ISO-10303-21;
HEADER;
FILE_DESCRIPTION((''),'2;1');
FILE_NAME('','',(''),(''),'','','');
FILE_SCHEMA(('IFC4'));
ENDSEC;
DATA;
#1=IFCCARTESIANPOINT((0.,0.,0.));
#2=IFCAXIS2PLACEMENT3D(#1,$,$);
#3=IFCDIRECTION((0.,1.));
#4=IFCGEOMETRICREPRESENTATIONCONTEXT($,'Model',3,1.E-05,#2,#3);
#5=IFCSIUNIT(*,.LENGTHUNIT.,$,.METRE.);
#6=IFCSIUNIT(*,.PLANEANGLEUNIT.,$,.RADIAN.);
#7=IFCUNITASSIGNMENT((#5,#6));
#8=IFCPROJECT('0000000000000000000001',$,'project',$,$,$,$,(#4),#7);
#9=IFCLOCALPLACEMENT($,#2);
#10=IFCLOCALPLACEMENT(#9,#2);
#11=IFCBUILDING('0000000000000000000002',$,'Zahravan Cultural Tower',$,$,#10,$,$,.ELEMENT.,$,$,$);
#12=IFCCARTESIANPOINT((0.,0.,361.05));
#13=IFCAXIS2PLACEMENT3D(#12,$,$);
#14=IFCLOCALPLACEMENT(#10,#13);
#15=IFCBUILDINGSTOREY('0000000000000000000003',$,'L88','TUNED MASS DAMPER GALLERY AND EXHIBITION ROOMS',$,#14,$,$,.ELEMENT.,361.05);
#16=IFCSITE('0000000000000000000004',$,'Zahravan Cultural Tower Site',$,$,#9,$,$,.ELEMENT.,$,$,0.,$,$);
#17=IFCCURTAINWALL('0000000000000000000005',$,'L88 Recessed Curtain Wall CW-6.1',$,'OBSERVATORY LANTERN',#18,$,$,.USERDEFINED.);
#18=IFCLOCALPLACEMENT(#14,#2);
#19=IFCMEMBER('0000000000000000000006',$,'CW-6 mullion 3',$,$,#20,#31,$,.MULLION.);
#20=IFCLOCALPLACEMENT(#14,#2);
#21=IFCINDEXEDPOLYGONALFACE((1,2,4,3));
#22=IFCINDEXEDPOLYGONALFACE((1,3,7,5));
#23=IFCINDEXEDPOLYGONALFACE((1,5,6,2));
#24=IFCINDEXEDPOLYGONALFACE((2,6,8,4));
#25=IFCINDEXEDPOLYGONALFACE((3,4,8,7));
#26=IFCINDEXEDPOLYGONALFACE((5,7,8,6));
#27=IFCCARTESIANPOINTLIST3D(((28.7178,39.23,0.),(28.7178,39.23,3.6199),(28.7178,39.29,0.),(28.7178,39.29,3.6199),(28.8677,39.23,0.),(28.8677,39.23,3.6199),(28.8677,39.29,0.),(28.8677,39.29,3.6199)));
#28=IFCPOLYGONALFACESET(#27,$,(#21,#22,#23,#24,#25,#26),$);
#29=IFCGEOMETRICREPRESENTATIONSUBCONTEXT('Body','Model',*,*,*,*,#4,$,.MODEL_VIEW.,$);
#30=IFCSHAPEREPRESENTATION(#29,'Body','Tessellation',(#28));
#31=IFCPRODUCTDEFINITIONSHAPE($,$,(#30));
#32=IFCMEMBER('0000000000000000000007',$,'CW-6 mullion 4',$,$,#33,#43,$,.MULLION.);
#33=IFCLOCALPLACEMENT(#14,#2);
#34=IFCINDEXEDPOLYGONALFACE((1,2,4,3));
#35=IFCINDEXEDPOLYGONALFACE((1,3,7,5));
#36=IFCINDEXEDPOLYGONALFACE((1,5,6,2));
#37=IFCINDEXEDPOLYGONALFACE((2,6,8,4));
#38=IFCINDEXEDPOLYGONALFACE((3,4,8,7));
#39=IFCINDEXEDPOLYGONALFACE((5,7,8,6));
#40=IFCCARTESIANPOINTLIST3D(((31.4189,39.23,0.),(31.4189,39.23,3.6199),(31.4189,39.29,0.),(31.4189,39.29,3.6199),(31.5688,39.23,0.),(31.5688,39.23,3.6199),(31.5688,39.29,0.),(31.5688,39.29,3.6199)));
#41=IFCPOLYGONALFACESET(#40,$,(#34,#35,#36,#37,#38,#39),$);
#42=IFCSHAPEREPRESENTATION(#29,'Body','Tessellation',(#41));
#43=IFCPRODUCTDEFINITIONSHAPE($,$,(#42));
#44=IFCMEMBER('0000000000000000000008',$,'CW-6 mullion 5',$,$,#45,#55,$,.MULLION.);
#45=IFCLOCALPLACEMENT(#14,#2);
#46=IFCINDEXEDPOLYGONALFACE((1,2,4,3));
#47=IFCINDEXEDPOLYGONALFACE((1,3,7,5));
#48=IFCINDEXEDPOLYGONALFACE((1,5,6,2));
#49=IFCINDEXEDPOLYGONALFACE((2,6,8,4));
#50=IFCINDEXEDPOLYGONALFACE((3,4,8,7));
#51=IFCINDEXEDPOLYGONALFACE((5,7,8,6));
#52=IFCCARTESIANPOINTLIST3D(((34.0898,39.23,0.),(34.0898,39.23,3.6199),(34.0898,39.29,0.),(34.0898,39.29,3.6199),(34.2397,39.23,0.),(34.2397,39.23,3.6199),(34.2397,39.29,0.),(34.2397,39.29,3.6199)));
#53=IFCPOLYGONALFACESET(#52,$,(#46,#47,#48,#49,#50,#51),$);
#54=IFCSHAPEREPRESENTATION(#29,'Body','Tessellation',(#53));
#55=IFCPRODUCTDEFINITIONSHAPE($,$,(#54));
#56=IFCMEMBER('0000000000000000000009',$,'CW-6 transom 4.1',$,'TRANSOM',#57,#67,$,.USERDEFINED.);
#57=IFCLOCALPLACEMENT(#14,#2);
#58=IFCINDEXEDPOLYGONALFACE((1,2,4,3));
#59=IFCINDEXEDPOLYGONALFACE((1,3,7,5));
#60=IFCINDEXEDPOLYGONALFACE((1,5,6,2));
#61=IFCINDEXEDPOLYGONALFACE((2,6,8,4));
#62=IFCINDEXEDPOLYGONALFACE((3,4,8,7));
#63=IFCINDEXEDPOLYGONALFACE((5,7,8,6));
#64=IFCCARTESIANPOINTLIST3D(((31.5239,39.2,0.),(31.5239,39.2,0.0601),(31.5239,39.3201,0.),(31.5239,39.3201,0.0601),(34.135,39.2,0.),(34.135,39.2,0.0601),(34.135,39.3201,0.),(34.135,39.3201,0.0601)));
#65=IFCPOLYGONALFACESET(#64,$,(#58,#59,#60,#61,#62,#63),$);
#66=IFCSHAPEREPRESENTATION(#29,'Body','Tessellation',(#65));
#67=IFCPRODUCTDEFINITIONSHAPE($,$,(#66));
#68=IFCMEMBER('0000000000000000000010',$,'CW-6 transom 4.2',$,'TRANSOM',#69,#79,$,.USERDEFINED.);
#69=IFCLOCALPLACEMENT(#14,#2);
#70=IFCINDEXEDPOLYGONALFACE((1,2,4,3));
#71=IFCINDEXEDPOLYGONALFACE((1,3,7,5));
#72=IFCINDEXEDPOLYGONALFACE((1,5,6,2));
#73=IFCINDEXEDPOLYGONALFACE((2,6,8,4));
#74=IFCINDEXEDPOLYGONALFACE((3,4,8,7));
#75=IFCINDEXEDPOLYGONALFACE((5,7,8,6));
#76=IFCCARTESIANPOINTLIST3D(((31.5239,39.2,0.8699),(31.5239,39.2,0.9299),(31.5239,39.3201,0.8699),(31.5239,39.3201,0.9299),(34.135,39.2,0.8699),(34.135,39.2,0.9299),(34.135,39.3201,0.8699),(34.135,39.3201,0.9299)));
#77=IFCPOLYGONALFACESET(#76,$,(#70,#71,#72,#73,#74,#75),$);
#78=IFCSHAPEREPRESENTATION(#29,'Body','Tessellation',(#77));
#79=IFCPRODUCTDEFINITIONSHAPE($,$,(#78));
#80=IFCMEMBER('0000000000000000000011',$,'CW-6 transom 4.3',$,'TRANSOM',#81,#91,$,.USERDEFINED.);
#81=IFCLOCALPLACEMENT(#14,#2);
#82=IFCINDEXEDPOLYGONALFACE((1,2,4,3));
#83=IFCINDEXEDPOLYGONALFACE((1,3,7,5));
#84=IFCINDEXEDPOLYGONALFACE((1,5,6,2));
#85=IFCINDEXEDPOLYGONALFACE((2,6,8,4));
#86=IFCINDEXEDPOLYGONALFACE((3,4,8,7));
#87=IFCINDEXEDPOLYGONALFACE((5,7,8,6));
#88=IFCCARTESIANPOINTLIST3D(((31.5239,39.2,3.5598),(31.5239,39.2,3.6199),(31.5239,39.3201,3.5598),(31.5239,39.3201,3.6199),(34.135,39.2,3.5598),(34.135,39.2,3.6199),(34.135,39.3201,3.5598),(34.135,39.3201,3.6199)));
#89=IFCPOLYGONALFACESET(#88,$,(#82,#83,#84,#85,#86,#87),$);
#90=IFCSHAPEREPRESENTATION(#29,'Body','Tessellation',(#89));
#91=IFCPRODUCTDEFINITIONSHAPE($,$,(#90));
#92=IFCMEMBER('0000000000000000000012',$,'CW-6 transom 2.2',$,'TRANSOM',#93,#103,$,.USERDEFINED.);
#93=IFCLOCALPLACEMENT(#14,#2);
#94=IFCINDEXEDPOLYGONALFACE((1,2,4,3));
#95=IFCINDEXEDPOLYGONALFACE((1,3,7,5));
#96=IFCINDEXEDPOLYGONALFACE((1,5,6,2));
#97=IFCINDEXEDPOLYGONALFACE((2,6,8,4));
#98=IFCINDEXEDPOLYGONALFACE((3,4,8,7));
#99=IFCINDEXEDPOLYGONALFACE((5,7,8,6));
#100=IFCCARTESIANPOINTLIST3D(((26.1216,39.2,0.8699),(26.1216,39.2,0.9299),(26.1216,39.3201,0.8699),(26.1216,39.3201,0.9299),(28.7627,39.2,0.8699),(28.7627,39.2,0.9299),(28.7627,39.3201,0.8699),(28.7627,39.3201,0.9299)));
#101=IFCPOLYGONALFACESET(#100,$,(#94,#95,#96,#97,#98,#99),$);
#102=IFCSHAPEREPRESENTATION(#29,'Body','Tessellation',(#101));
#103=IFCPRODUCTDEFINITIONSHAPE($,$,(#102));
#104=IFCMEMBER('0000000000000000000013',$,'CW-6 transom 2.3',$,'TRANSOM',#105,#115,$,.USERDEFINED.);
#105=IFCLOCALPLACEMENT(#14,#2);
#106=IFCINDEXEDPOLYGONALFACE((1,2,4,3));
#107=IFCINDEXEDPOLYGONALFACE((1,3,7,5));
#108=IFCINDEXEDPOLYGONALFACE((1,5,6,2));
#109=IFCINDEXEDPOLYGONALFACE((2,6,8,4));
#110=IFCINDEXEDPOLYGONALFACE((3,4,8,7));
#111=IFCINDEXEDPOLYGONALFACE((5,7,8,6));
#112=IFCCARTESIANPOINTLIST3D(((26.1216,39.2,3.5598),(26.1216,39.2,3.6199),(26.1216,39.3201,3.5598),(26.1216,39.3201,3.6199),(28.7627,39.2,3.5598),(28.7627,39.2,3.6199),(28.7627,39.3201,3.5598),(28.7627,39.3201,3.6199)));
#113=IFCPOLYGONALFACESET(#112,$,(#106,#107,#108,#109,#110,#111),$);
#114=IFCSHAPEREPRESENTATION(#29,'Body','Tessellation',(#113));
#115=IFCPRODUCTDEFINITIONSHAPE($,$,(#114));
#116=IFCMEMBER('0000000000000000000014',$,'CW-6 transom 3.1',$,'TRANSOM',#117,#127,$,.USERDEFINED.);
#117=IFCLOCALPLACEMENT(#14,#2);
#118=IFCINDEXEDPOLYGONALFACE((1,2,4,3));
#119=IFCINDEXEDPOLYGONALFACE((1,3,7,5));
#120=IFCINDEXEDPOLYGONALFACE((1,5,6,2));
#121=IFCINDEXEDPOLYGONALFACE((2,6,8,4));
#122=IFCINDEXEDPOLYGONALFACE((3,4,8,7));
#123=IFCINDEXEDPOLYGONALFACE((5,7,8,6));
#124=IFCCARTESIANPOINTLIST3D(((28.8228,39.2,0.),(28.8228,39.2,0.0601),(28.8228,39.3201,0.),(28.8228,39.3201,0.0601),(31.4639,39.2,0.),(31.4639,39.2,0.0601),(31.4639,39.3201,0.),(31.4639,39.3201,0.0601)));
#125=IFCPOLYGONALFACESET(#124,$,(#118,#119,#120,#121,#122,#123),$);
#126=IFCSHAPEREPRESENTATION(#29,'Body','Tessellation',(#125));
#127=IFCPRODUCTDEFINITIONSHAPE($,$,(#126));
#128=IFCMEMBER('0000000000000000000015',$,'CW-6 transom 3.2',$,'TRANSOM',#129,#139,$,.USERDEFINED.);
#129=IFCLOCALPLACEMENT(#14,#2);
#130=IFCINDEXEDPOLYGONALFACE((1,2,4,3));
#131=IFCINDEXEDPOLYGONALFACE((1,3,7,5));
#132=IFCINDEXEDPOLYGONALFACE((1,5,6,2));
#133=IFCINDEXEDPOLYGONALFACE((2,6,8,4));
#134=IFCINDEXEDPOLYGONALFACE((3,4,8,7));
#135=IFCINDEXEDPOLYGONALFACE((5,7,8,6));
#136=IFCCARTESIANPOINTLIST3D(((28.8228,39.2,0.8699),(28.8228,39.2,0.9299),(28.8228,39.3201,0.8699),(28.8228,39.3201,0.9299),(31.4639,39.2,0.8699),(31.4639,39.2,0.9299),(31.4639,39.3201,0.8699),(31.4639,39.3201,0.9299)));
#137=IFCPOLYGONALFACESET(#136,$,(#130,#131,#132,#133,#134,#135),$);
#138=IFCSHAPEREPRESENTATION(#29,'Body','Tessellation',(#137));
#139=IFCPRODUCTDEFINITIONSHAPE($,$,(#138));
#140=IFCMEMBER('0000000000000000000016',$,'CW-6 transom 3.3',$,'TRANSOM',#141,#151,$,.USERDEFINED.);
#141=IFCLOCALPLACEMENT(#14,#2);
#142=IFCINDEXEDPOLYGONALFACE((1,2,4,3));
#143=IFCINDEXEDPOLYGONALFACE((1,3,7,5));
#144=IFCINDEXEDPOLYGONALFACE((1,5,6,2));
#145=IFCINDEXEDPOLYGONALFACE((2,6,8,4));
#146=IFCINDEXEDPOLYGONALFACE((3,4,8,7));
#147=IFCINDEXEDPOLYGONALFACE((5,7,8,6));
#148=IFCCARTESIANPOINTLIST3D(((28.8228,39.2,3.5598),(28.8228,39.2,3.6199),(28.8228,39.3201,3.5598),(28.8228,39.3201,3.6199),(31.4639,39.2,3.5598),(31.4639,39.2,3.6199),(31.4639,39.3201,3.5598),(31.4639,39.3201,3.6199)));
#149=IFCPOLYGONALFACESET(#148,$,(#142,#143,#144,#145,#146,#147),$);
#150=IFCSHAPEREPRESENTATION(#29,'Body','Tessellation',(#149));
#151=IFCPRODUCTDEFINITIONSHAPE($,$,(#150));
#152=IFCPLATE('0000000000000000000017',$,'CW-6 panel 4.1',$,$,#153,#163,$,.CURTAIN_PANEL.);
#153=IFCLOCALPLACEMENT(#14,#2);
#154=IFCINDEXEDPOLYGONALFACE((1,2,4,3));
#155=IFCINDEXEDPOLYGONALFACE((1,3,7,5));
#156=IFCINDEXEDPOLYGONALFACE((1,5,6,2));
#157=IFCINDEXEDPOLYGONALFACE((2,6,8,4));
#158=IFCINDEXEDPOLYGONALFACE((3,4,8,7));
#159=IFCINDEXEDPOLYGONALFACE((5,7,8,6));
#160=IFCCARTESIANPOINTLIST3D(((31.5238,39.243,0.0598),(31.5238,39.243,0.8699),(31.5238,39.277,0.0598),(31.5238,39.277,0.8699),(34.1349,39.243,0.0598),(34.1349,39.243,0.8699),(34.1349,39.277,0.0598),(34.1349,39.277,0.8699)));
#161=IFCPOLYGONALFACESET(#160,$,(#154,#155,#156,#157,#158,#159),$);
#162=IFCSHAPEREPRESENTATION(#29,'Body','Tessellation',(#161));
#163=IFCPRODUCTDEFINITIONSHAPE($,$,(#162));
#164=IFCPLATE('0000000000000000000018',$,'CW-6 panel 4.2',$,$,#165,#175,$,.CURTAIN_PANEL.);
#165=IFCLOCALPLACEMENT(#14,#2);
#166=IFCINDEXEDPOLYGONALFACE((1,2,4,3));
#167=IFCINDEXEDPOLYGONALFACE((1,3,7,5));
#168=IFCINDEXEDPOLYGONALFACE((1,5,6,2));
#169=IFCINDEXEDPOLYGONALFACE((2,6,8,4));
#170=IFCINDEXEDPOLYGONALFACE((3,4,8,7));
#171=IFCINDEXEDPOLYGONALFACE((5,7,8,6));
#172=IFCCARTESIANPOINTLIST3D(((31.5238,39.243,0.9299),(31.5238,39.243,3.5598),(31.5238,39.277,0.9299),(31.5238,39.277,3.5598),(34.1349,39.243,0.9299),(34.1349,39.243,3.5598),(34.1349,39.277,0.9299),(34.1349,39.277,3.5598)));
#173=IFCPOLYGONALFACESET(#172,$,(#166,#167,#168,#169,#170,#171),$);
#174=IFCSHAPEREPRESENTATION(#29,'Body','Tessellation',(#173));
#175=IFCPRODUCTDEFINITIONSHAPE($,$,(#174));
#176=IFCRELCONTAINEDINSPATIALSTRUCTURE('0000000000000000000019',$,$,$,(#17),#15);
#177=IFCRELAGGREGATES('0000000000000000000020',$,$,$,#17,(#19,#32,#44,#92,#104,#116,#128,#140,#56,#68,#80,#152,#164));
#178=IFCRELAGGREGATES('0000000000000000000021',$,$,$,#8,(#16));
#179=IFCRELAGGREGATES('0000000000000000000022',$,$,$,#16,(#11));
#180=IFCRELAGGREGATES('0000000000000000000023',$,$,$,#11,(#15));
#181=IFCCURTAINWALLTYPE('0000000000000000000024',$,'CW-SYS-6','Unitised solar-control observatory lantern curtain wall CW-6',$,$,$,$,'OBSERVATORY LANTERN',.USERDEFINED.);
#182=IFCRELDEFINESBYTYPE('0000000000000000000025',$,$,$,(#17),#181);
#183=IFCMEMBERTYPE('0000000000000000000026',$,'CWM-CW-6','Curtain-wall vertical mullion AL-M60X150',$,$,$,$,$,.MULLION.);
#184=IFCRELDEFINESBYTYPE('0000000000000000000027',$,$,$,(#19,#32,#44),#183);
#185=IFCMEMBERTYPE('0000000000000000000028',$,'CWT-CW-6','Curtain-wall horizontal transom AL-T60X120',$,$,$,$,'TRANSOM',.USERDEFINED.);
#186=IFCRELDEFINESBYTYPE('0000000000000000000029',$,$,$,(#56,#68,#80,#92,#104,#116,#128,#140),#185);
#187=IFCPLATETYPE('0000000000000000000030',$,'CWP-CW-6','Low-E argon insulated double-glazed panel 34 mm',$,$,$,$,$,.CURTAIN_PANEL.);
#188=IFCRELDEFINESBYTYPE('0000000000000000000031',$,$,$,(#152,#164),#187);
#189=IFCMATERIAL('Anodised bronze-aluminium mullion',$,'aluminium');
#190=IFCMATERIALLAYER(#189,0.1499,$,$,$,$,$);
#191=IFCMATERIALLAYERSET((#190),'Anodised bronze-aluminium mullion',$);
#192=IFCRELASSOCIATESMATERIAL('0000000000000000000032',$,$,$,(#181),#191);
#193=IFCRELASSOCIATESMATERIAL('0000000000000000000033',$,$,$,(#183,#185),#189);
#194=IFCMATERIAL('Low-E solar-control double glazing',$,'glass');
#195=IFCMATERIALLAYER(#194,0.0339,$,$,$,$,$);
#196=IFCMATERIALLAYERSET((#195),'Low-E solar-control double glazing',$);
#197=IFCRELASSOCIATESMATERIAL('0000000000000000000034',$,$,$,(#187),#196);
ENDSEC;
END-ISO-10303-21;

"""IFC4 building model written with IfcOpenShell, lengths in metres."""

from ifc_helpers import new_model, si_unit, direction, frame, origin, origin_2d, place, context, subcontext, project, spatial, rectangle, extrude, source, transform, mapped, material, layer, layer_set, material_profile, profile_set, type_object, element, aggregate, save


model = new_model("IFC4")

# Units and contexts
model_context = context("Model", 3, precision=1e-05, world=origin(), true_north=direction((0.0, 1.0)))
body_context = subcontext(model_context, "Body", "Model", "MODEL_VIEW")
ifc_project = project(units=[si_unit("LENGTHUNIT", "METRE"), si_unit("PLANEANGLEUNIT", "RADIAN")], contexts=[model_context])

# Site, building, storey
site_placement = place(None, origin())
site = spatial("IfcSite", under=ifc_project, at=site_placement, Name="Zahravan Cultural Tower Site", CompositionType="ELEMENT", RefElevation=0.0)
building_placement = place(site_placement, origin())
building = spatial("IfcBuilding", under=site, at=building_placement, Name="Zahravan Cultural Tower", CompositionType="ELEMENT")
storey_placement = place(building_placement, frame((0.0, 0.0, 361.05)))
storey = spatial("IfcBuildingStorey", under=building, at=storey_placement, Name="L88", Description="TUNED MASS DAMPER GALLERY AND EXHIBITION ROOMS", CompositionType="ELEMENT", Elevation=361.05)

# Curtain wall, members, plates
ifc_material_1 = material(Name="Anodised bronze-aluminium mullion", Category="aluminium")
ifc_layer_1 = layer(ifc_material_1, 0.1499)
ifc_layer_set_1 = layer_set([ifc_layer_1], Name="Anodised bronze-aluminium mullion")
curtain_wall_type = type_object("IfcCurtainWallType", Name="CW-SYS-6", Description="Unitised solar-control observatory lantern curtain wall CW-6", ElementType="OBSERVATORY LANTERN", PredefinedType="USERDEFINED", material=ifc_layer_set_1)
curtain_wall_placement = place(storey_placement, origin())
curtain_wall = element("IfcCurtainWall", 1, at=curtain_wall_placement, inside=storey, type_object=curtain_wall_type, Name="L88 Recessed Curtain Wall CW-6.1", ObjectType="OBSERVATORY LANTERN", PredefinedType="USERDEFINED")
ifc_material_profile_1 = material_profile(ifc_material_1, rectangle(XDim=0.0601, YDim=0.1499, at=origin_2d()), Name="AL-M60X150")
ifc_profile_set_1 = profile_set([ifc_material_profile_1], Name="Anodised bronze-aluminium mullion")
member_type_1 = type_object("IfcMemberType", Name="CWM-CW-6", Description="Curtain-wall vertical mullion AL-M60X150", PredefinedType="MULLION", material=ifc_profile_set_1)
shared_shape_1 = source(origin(), body_context, "Body", "SweptSolid", [
    extrude(rectangle(XDim=0.0601, YDim=0.1499, at=origin_2d()), origin(), (0.0, 0.0, 1.0), 3.6199),
])
member_1_placement = place(storey_placement, frame((28.7927, 39.26, 0.0), z_axis=(0.0, 0.0, 1.0), x_axis=(0.0, 1.0, 0.0)))
member_1 = element("IfcMember", 2, at=member_1_placement, type_object=member_type_1, Name="CW-6 mullion 3", PredefinedType="MULLION", context=body_context, shape_type="MappedRepresentation", body=[
    mapped(shared_shape_1, transform((0.0, 0.0, 0.0), x_axis=(1.0, 0.0, 0.0), y_axis=(0.0, 1.0, 0.0), z_axis=(0.0, 0.0, 1.0), scale=1.0)),
])
member_2_placement = place(storey_placement, frame((31.4939, 39.26, 0.0), z_axis=(0.0, 0.0, 1.0), x_axis=(0.0, 1.0, 0.0)))
member_2 = element("IfcMember", 3, at=member_2_placement, type_object=member_type_1, Name="CW-6 mullion 4", PredefinedType="MULLION", context=body_context, shape_type="MappedRepresentation", body=[
    mapped(shared_shape_1, transform((0.0, 0.0, 0.0), x_axis=(1.0, 0.0, 0.0), y_axis=(0.0, 1.0, 0.0), z_axis=(0.0, 0.0, 1.0), scale=1.0)),
])
member_3_placement = place(storey_placement, frame((34.1648, 39.26, 0.0), z_axis=(0.0, 0.0, 1.0), x_axis=(0.0, 1.0, 0.0)))
member_3 = element("IfcMember", 4, at=member_3_placement, type_object=member_type_1, Name="CW-6 mullion 5", PredefinedType="MULLION", context=body_context, shape_type="MappedRepresentation", body=[
    mapped(shared_shape_1, transform((0.0, 0.0, 0.0), x_axis=(1.0, 0.0, 0.0), y_axis=(0.0, 1.0, 0.0), z_axis=(0.0, 0.0, 1.0), scale=1.0)),
])
ifc_material_profile_2 = material_profile(ifc_material_1, rectangle(XDim=0.1201, YDim=0.0601, at=origin_2d()), Name="AL-T60X120")
ifc_profile_set_2 = profile_set([ifc_material_profile_2], Name="Anodised bronze-aluminium mullion")
member_type_2 = type_object("IfcMemberType", Name="CWT-CW-6", Description="Curtain-wall horizontal transom AL-T60X120", ElementType="TRANSOM", PredefinedType="USERDEFINED", material=ifc_profile_set_2)
shared_shape_2 = source(origin(), body_context, "Body", "SweptSolid", [
    extrude(rectangle(XDim=0.1201, YDim=0.0601, at=origin_2d()), origin(), (0.0, 0.0, 1.0), 2.6111),
])
member_4_placement = place(storey_placement, frame((31.5239, 39.26, 0.03), z_axis=(1.0, 0.0, 0.0), x_axis=(0.0, 1.0, 0.0)))
member_4 = element("IfcMember", 5, at=member_4_placement, type_object=member_type_2, Name="CW-6 transom 4.1", ObjectType="TRANSOM", PredefinedType="USERDEFINED", context=body_context, shape_type="MappedRepresentation", body=[
    mapped(shared_shape_2, transform((0.0, 0.0, 0.0), x_axis=(1.0, 0.0, 0.0), y_axis=(0.0, 1.0, 0.0), z_axis=(0.0, 0.0, 1.0), scale=1.0)),
])
member_5_placement = place(storey_placement, frame((31.5239, 39.26, 0.8999), z_axis=(1.0, 0.0, 0.0), x_axis=(0.0, 1.0, 0.0)))
member_5 = element("IfcMember", 6, at=member_5_placement, type_object=member_type_2, Name="CW-6 transom 4.2", ObjectType="TRANSOM", PredefinedType="USERDEFINED", context=body_context, shape_type="MappedRepresentation", body=[
    mapped(shared_shape_2, transform((0.0, 0.0, 0.0), x_axis=(1.0, 0.0, 0.0), y_axis=(0.0, 1.0, 0.0), z_axis=(0.0, 0.0, 1.0), scale=1.0)),
])
member_6_placement = place(storey_placement, frame((31.5239, 39.26, 3.5898), z_axis=(1.0, 0.0, 0.0), x_axis=(0.0, 1.0, 0.0)))
member_6 = element("IfcMember", 7, at=member_6_placement, type_object=member_type_2, Name="CW-6 transom 4.3", ObjectType="TRANSOM", PredefinedType="USERDEFINED", context=body_context, shape_type="MappedRepresentation", body=[
    mapped(shared_shape_2, transform((0.0, 0.0, 0.0), x_axis=(1.0, 0.0, 0.0), y_axis=(0.0, 1.0, 0.0), z_axis=(0.0, 0.0, 1.0), scale=1.0)),
])
shared_shape_3 = source(origin(), body_context, "Body", "SweptSolid", [
    extrude(rectangle(XDim=0.1201, YDim=0.0601, at=origin_2d()), origin(), (0.0, 0.0, 1.0), 2.6411),
])
member_7_placement = place(storey_placement, frame((26.1216, 39.26, 0.8999), z_axis=(1.0, 0.0, 0.0), x_axis=(0.0, 1.0, 0.0)))
member_7 = element("IfcMember", 8, at=member_7_placement, type_object=member_type_2, Name="CW-6 transom 2.2", ObjectType="TRANSOM", PredefinedType="USERDEFINED", context=body_context, shape_type="MappedRepresentation", body=[
    mapped(shared_shape_3, transform((0.0, 0.0, 0.0), x_axis=(1.0, 0.0, 0.0), y_axis=(0.0, 1.0, 0.0), z_axis=(0.0, 0.0, 1.0), scale=1.0)),
])
member_8_placement = place(storey_placement, frame((26.1216, 39.26, 3.5898), z_axis=(1.0, 0.0, 0.0), x_axis=(0.0, 1.0, 0.0)))
member_8 = element("IfcMember", 9, at=member_8_placement, type_object=member_type_2, Name="CW-6 transom 2.3", ObjectType="TRANSOM", PredefinedType="USERDEFINED", context=body_context, shape_type="MappedRepresentation", body=[
    mapped(shared_shape_3, transform((0.0, 0.0, 0.0), x_axis=(1.0, 0.0, 0.0), y_axis=(0.0, 1.0, 0.0), z_axis=(0.0, 0.0, 1.0), scale=1.0)),
])
member_9_placement = place(storey_placement, frame((28.8228, 39.26, 0.03), z_axis=(1.0, 0.0, 0.0), x_axis=(0.0, 1.0, 0.0)))
member_9 = element("IfcMember", 10, at=member_9_placement, type_object=member_type_2, Name="CW-6 transom 3.1", ObjectType="TRANSOM", PredefinedType="USERDEFINED", context=body_context, shape_type="MappedRepresentation", body=[
    mapped(shared_shape_3, transform((0.0, 0.0, 0.0), x_axis=(1.0, 0.0, 0.0), y_axis=(0.0, 1.0, 0.0), z_axis=(0.0, 0.0, 1.0), scale=1.0)),
])
member_10_placement = place(storey_placement, frame((28.8228, 39.26, 0.8999), z_axis=(1.0, 0.0, 0.0), x_axis=(0.0, 1.0, 0.0)))
member_10 = element("IfcMember", 11, at=member_10_placement, type_object=member_type_2, Name="CW-6 transom 3.2", ObjectType="TRANSOM", PredefinedType="USERDEFINED", context=body_context, shape_type="MappedRepresentation", body=[
    mapped(shared_shape_3, transform((0.0, 0.0, 0.0), x_axis=(1.0, 0.0, 0.0), y_axis=(0.0, 1.0, 0.0), z_axis=(0.0, 0.0, 1.0), scale=1.0)),
])
member_11_placement = place(storey_placement, frame((28.8228, 39.26, 3.5898), z_axis=(1.0, 0.0, 0.0), x_axis=(0.0, 1.0, 0.0)))
member_11 = element("IfcMember", 12, at=member_11_placement, type_object=member_type_2, Name="CW-6 transom 3.3", ObjectType="TRANSOM", PredefinedType="USERDEFINED", context=body_context, shape_type="MappedRepresentation", body=[
    mapped(shared_shape_3, transform((0.0, 0.0, 0.0), x_axis=(1.0, 0.0, 0.0), y_axis=(0.0, 1.0, 0.0), z_axis=(0.0, 0.0, 1.0), scale=1.0)),
])
ifc_material_2 = material(Name="Low-E solar-control double glazing", Category="glass")
ifc_layer_2 = layer(ifc_material_2, 0.0339)
ifc_layer_set_2 = layer_set([ifc_layer_2], Name="Low-E solar-control double glazing")
plate_type = type_object("IfcPlateType", Name="CWP-CW-6", Description="Low-E argon insulated double-glazed panel 34 mm", PredefinedType="CURTAIN_PANEL", material=ifc_layer_set_2)
shared_shape_4 = source(origin(), body_context, "Body", "SweptSolid", [
    extrude(rectangle(XDim=2.6111, YDim=0.0339, at=origin_2d()), origin(), (0.0, 0.0, 1.0), 0.8101),
])
plate_1_placement = place(storey_placement, frame((32.8293, 39.26, 0.0598), z_axis=(0.0, 0.0, 1.0), x_axis=(1.0, 0.0, 0.0)))
plate_1 = element("IfcPlate", 13, at=plate_1_placement, type_object=plate_type, Name="CW-6 panel 4.1", PredefinedType="CURTAIN_PANEL", context=body_context, shape_type="MappedRepresentation", body=[
    mapped(shared_shape_4, transform((0.0, 0.0, 0.0), x_axis=(1.0, 0.0, 0.0), y_axis=(0.0, 1.0, 0.0), z_axis=(0.0, 0.0, 1.0), scale=1.0)),
])
shared_shape_5 = source(origin(), body_context, "Body", "SweptSolid", [
    extrude(rectangle(XDim=2.6111, YDim=0.0339, at=origin_2d()), origin(), (0.0, 0.0, 1.0), 2.6299),
])
plate_2_placement = place(storey_placement, frame((32.8293, 39.26, 0.9299), z_axis=(0.0, 0.0, 1.0), x_axis=(1.0, 0.0, 0.0)))
plate_2 = element("IfcPlate", 14, at=plate_2_placement, type_object=plate_type, Name="CW-6 panel 4.2", PredefinedType="CURTAIN_PANEL", context=body_context, shape_type="MappedRepresentation", body=[
    mapped(shared_shape_5, transform((0.0, 0.0, 0.0), x_axis=(1.0, 0.0, 0.0), y_axis=(0.0, 1.0, 0.0), z_axis=(0.0, 0.0, 1.0), scale=1.0)),
])
aggregate(curtain_wall, [member_1, member_2, member_3, member_7, member_8, member_9, member_10, member_11, member_4, member_5, member_6, plate_1, plate_2])

save(model, "model.ifc")
